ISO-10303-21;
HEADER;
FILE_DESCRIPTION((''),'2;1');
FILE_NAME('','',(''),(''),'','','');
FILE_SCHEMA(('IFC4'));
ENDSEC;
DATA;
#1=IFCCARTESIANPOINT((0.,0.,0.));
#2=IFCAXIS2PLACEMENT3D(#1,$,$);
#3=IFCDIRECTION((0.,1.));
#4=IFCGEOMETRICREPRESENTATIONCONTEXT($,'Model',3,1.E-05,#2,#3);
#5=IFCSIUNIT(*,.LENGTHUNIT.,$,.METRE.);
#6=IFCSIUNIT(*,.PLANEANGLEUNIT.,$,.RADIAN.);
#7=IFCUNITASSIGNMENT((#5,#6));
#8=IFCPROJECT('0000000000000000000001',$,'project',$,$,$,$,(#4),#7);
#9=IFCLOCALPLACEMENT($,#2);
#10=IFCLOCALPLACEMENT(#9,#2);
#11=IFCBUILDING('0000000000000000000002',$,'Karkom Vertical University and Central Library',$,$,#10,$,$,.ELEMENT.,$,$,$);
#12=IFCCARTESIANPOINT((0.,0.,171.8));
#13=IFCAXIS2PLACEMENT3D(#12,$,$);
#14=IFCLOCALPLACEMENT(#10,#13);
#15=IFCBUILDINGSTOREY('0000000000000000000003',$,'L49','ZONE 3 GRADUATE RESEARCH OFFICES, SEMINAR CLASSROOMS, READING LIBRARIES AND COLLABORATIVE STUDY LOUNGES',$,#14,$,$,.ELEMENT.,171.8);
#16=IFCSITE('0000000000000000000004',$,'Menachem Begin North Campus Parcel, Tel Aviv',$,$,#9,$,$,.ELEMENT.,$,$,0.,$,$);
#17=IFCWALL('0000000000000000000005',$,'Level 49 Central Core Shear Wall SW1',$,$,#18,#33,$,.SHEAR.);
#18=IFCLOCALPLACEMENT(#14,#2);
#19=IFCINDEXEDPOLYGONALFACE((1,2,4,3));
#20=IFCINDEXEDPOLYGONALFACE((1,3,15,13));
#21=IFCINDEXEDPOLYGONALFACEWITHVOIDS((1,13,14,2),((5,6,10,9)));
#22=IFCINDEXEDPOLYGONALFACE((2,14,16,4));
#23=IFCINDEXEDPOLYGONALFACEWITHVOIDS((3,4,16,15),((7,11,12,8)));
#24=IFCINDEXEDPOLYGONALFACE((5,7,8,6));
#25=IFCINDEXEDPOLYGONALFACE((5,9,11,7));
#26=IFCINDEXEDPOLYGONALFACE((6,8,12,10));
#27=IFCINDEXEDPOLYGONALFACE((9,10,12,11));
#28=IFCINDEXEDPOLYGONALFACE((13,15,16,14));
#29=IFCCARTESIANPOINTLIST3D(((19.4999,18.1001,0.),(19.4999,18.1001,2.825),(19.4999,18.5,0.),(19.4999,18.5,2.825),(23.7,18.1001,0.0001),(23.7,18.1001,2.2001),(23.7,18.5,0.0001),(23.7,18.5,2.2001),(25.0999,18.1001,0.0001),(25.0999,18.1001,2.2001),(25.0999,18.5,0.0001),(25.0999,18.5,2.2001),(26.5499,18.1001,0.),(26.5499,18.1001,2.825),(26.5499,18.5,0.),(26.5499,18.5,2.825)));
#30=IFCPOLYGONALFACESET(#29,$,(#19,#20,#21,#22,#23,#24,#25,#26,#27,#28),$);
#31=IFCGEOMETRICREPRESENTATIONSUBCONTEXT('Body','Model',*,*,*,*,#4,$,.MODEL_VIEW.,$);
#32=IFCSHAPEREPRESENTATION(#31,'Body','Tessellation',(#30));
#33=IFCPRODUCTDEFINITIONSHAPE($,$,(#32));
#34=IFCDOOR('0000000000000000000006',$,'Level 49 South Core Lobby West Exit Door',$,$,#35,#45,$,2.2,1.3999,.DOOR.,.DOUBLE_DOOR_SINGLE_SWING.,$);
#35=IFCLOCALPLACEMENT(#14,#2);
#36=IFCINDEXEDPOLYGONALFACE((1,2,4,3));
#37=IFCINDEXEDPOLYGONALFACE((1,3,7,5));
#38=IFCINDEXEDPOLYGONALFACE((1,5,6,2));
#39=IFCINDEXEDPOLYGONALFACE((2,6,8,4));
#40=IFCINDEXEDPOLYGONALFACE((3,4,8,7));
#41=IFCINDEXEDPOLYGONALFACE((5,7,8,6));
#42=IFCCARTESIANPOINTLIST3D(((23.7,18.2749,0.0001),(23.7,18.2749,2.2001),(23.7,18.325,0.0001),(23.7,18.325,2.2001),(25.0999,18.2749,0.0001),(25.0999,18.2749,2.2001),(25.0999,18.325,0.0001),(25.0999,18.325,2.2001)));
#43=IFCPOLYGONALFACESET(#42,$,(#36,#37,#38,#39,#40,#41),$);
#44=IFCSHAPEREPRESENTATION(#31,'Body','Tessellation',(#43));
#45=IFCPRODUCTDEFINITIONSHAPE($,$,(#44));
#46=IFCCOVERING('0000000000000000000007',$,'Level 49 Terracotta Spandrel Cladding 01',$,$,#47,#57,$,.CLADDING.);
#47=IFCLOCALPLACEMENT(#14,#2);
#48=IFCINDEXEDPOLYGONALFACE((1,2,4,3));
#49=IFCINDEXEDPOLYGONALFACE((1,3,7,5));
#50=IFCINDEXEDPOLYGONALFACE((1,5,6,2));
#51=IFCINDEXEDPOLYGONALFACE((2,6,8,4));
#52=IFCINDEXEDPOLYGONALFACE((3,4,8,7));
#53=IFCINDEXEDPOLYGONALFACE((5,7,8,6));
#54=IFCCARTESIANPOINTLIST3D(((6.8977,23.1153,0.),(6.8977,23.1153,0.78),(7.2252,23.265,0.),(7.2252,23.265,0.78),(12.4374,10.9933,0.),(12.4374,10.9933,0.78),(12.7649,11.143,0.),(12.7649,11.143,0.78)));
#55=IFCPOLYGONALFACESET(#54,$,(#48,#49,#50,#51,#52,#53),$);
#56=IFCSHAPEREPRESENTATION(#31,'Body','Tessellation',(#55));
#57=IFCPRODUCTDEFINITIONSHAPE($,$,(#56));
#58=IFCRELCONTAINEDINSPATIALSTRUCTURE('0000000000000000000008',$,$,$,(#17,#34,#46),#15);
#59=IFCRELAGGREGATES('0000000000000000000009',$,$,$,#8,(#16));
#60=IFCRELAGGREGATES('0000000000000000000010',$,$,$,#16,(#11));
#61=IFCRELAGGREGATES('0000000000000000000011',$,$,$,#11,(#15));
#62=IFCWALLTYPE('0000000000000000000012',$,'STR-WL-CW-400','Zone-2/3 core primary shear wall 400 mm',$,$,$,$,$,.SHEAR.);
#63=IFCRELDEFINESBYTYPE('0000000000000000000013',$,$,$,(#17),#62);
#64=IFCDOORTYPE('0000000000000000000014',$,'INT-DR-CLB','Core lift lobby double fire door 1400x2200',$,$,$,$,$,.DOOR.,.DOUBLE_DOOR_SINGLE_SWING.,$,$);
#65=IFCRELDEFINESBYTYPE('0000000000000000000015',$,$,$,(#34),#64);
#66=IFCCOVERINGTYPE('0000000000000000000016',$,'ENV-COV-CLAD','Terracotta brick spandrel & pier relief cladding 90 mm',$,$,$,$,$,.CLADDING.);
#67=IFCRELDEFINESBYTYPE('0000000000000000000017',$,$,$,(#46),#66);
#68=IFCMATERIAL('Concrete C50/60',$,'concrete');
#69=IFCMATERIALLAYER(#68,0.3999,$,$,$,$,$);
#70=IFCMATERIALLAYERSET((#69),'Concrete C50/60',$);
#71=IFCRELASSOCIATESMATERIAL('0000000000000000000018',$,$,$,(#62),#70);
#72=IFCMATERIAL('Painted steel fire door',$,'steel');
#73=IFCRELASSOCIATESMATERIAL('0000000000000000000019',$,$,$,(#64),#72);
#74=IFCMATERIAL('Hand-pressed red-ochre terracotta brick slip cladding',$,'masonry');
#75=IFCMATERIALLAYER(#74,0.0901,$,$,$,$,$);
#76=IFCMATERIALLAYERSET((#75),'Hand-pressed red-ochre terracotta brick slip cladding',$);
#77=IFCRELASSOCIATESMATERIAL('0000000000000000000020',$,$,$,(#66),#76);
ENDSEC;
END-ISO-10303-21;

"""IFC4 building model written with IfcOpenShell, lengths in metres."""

from ifc_helpers import new_model, si_unit, direction, frame, frame_2d, origin, origin_with_axes, origin_2d, place, context, subcontext, project, spatial, rectangle, extrude, source, transform, mapped, material, layer, layer_set, type_object, element, fill, save


model = new_model("IFC4")

# Units and contexts
model_context = context("Model", 3, precision=1e-05, world=origin(), true_north=direction((0.0, 1.0)))
body_context = subcontext(model_context, "Body", "Model", "MODEL_VIEW")
ifc_project = project(units=[si_unit("LENGTHUNIT", "METRE"), si_unit("PLANEANGLEUNIT", "RADIAN")], contexts=[model_context])

# Site, building, storey
site_placement = place(None, origin())
site = spatial("IfcSite", under=ifc_project, at=site_placement, Name="Menachem Begin North Campus Parcel, Tel Aviv", CompositionType="ELEMENT", RefElevation=0.0)
building_placement = place(site_placement, origin())
building = spatial("IfcBuilding", under=site, at=building_placement, Name="Karkom Vertical University and Central Library", CompositionType="ELEMENT")
storey_placement = place(building_placement, frame((0.0, 0.0, 171.8)))
storey = spatial("IfcBuildingStorey", under=building, at=storey_placement, Name="L49", Description="ZONE 3 GRADUATE RESEARCH OFFICES, SEMINAR CLASSROOMS, READING LIBRARIES AND COLLABORATIVE STUDY LOUNGES", CompositionType="ELEMENT", Elevation=171.8)

# Shared definitions
ifc_material_1 = material(Name="Concrete C50/60", Category="concrete")

# Wall, opening, door
ifc_layer_1 = layer(ifc_material_1, 0.3999)
ifc_layer_set_1 = layer_set([ifc_layer_1], Name="Concrete C50/60")
wall_type_1 = type_object("IfcWallType", Name="STR-WL-CW-400", Description="Zone-2/3 core primary shear wall 400 mm", PredefinedType="SHEAR", material=ifc_layer_set_1)
wall_1_placement = place(storey_placement, frame((19.5, 18.3, 0.0), z_axis=(0.0, 0.0, 1.0), x_axis=(1.0, 0.0, 0.0)))
wall_1 = element("IfcWall", 1, at=wall_1_placement, inside=storey, type_object=wall_type_1, Name="Level 49 Central Core Shear Wall SW1", PredefinedType="SHEAR", context=body_context, shape_type="SweptSolid", body=[
    extrude(rectangle(XDim=7.05, YDim=0.3999, at=frame_2d((3.5249, 0.0))), origin(), (0.0, 0.0, 1.0), 2.825),
])
opening_1_placement = place(wall_1_placement, frame((4.2, 0.0, 0.0)))
opening_1 = element("IfcOpeningElement", 2, at=opening_1_placement, cuts=wall_1, PredefinedType="OPENING", context=body_context, shape_type="SweptSolid", body=[
    extrude(rectangle(XDim=1.3999, YDim=2.2, at=frame_2d((0.7, 1.1001))), frame((0.0, 0.21, 0.0), z_axis=(0.0, -1.0, 0.0), x_axis=(1.0, 0.0, 0.0)), (0.0, 0.0, 1.0), 0.4199),
])
ifc_material_2 = material(Name="Painted steel fire door", Category="steel")
door_type_1 = type_object("IfcDoorType", Name="INT-DR-CLB", Description="Core lift lobby double fire door 1400x2200", OperationType="DOUBLE_DOOR_SINGLE_SWING", PredefinedType="DOOR", material=ifc_material_2)
shared_shape_1 = source(origin_with_axes(), body_context, "Body", "SweptSolid", [
    extrude(rectangle(XDim=1.3999, YDim=2.2, at=frame_2d((0.7, 1.1001))), frame((0.0, 0.0249, 0.0), z_axis=(0.0, -1.0, 0.0), x_axis=(1.0, 0.0, 0.0)), (0.0, 0.0, 1.0), 0.05),
])
door_1_placement = place(opening_1_placement, origin())
door_1 = element("IfcDoor", 3, at=door_1_placement, inside=storey, type_object=door_type_1, Name="Level 49 South Core Lobby West Exit Door", OperationType="DOUBLE_DOOR_SINGLE_SWING", OverallHeight=2.2, OverallWidth=1.3999, PredefinedType="DOOR", context=body_context, shape_type="MappedRepresentation", body=[
    mapped(shared_shape_1, transform((0.0, 0.0, 0.0), scale=1.0)),
])
fill(opening_1, door_1)

# Covering
ifc_material_3 = material(Name="Hand-pressed red-ochre terracotta brick slip cladding", Category="masonry")
ifc_layer_2 = layer(ifc_material_3, 0.0901)
ifc_layer_set_2 = layer_set([ifc_layer_2], Name="Hand-pressed red-ochre terracotta brick slip cladding")
covering_type = type_object("IfcCoveringType", Name="ENV-COV-CLAD", Description="Terracotta brick spandrel & pier relief cladding 90 mm", PredefinedType="CLADDING", material=ifc_layer_set_2)
shared_shape_2 = source(origin_with_axes(), body_context, "Body", "SweptSolid", [
    extrude(rectangle(XDim=13.3279, YDim=0.3601, at=origin_2d()), origin(), (0.0, 0.0, 1.0), 0.78),
])
covering_placement = place(storey_placement, frame((9.8313, 17.1292, 0.0), z_axis=(0.0, 0.0, 1.0), x_axis=(0.415646, -0.909527, 0.0)))
element("IfcCovering", 4, at=covering_placement, inside=storey, type_object=covering_type, Name="Level 49 Terracotta Spandrel Cladding 01", PredefinedType="CLADDING", context=body_context, shape_type="MappedRepresentation", body=[
    mapped(shared_shape_2, transform((0.0, 0.0, 0.0), scale=1.0)),
])

save(model, "model.ifc")
